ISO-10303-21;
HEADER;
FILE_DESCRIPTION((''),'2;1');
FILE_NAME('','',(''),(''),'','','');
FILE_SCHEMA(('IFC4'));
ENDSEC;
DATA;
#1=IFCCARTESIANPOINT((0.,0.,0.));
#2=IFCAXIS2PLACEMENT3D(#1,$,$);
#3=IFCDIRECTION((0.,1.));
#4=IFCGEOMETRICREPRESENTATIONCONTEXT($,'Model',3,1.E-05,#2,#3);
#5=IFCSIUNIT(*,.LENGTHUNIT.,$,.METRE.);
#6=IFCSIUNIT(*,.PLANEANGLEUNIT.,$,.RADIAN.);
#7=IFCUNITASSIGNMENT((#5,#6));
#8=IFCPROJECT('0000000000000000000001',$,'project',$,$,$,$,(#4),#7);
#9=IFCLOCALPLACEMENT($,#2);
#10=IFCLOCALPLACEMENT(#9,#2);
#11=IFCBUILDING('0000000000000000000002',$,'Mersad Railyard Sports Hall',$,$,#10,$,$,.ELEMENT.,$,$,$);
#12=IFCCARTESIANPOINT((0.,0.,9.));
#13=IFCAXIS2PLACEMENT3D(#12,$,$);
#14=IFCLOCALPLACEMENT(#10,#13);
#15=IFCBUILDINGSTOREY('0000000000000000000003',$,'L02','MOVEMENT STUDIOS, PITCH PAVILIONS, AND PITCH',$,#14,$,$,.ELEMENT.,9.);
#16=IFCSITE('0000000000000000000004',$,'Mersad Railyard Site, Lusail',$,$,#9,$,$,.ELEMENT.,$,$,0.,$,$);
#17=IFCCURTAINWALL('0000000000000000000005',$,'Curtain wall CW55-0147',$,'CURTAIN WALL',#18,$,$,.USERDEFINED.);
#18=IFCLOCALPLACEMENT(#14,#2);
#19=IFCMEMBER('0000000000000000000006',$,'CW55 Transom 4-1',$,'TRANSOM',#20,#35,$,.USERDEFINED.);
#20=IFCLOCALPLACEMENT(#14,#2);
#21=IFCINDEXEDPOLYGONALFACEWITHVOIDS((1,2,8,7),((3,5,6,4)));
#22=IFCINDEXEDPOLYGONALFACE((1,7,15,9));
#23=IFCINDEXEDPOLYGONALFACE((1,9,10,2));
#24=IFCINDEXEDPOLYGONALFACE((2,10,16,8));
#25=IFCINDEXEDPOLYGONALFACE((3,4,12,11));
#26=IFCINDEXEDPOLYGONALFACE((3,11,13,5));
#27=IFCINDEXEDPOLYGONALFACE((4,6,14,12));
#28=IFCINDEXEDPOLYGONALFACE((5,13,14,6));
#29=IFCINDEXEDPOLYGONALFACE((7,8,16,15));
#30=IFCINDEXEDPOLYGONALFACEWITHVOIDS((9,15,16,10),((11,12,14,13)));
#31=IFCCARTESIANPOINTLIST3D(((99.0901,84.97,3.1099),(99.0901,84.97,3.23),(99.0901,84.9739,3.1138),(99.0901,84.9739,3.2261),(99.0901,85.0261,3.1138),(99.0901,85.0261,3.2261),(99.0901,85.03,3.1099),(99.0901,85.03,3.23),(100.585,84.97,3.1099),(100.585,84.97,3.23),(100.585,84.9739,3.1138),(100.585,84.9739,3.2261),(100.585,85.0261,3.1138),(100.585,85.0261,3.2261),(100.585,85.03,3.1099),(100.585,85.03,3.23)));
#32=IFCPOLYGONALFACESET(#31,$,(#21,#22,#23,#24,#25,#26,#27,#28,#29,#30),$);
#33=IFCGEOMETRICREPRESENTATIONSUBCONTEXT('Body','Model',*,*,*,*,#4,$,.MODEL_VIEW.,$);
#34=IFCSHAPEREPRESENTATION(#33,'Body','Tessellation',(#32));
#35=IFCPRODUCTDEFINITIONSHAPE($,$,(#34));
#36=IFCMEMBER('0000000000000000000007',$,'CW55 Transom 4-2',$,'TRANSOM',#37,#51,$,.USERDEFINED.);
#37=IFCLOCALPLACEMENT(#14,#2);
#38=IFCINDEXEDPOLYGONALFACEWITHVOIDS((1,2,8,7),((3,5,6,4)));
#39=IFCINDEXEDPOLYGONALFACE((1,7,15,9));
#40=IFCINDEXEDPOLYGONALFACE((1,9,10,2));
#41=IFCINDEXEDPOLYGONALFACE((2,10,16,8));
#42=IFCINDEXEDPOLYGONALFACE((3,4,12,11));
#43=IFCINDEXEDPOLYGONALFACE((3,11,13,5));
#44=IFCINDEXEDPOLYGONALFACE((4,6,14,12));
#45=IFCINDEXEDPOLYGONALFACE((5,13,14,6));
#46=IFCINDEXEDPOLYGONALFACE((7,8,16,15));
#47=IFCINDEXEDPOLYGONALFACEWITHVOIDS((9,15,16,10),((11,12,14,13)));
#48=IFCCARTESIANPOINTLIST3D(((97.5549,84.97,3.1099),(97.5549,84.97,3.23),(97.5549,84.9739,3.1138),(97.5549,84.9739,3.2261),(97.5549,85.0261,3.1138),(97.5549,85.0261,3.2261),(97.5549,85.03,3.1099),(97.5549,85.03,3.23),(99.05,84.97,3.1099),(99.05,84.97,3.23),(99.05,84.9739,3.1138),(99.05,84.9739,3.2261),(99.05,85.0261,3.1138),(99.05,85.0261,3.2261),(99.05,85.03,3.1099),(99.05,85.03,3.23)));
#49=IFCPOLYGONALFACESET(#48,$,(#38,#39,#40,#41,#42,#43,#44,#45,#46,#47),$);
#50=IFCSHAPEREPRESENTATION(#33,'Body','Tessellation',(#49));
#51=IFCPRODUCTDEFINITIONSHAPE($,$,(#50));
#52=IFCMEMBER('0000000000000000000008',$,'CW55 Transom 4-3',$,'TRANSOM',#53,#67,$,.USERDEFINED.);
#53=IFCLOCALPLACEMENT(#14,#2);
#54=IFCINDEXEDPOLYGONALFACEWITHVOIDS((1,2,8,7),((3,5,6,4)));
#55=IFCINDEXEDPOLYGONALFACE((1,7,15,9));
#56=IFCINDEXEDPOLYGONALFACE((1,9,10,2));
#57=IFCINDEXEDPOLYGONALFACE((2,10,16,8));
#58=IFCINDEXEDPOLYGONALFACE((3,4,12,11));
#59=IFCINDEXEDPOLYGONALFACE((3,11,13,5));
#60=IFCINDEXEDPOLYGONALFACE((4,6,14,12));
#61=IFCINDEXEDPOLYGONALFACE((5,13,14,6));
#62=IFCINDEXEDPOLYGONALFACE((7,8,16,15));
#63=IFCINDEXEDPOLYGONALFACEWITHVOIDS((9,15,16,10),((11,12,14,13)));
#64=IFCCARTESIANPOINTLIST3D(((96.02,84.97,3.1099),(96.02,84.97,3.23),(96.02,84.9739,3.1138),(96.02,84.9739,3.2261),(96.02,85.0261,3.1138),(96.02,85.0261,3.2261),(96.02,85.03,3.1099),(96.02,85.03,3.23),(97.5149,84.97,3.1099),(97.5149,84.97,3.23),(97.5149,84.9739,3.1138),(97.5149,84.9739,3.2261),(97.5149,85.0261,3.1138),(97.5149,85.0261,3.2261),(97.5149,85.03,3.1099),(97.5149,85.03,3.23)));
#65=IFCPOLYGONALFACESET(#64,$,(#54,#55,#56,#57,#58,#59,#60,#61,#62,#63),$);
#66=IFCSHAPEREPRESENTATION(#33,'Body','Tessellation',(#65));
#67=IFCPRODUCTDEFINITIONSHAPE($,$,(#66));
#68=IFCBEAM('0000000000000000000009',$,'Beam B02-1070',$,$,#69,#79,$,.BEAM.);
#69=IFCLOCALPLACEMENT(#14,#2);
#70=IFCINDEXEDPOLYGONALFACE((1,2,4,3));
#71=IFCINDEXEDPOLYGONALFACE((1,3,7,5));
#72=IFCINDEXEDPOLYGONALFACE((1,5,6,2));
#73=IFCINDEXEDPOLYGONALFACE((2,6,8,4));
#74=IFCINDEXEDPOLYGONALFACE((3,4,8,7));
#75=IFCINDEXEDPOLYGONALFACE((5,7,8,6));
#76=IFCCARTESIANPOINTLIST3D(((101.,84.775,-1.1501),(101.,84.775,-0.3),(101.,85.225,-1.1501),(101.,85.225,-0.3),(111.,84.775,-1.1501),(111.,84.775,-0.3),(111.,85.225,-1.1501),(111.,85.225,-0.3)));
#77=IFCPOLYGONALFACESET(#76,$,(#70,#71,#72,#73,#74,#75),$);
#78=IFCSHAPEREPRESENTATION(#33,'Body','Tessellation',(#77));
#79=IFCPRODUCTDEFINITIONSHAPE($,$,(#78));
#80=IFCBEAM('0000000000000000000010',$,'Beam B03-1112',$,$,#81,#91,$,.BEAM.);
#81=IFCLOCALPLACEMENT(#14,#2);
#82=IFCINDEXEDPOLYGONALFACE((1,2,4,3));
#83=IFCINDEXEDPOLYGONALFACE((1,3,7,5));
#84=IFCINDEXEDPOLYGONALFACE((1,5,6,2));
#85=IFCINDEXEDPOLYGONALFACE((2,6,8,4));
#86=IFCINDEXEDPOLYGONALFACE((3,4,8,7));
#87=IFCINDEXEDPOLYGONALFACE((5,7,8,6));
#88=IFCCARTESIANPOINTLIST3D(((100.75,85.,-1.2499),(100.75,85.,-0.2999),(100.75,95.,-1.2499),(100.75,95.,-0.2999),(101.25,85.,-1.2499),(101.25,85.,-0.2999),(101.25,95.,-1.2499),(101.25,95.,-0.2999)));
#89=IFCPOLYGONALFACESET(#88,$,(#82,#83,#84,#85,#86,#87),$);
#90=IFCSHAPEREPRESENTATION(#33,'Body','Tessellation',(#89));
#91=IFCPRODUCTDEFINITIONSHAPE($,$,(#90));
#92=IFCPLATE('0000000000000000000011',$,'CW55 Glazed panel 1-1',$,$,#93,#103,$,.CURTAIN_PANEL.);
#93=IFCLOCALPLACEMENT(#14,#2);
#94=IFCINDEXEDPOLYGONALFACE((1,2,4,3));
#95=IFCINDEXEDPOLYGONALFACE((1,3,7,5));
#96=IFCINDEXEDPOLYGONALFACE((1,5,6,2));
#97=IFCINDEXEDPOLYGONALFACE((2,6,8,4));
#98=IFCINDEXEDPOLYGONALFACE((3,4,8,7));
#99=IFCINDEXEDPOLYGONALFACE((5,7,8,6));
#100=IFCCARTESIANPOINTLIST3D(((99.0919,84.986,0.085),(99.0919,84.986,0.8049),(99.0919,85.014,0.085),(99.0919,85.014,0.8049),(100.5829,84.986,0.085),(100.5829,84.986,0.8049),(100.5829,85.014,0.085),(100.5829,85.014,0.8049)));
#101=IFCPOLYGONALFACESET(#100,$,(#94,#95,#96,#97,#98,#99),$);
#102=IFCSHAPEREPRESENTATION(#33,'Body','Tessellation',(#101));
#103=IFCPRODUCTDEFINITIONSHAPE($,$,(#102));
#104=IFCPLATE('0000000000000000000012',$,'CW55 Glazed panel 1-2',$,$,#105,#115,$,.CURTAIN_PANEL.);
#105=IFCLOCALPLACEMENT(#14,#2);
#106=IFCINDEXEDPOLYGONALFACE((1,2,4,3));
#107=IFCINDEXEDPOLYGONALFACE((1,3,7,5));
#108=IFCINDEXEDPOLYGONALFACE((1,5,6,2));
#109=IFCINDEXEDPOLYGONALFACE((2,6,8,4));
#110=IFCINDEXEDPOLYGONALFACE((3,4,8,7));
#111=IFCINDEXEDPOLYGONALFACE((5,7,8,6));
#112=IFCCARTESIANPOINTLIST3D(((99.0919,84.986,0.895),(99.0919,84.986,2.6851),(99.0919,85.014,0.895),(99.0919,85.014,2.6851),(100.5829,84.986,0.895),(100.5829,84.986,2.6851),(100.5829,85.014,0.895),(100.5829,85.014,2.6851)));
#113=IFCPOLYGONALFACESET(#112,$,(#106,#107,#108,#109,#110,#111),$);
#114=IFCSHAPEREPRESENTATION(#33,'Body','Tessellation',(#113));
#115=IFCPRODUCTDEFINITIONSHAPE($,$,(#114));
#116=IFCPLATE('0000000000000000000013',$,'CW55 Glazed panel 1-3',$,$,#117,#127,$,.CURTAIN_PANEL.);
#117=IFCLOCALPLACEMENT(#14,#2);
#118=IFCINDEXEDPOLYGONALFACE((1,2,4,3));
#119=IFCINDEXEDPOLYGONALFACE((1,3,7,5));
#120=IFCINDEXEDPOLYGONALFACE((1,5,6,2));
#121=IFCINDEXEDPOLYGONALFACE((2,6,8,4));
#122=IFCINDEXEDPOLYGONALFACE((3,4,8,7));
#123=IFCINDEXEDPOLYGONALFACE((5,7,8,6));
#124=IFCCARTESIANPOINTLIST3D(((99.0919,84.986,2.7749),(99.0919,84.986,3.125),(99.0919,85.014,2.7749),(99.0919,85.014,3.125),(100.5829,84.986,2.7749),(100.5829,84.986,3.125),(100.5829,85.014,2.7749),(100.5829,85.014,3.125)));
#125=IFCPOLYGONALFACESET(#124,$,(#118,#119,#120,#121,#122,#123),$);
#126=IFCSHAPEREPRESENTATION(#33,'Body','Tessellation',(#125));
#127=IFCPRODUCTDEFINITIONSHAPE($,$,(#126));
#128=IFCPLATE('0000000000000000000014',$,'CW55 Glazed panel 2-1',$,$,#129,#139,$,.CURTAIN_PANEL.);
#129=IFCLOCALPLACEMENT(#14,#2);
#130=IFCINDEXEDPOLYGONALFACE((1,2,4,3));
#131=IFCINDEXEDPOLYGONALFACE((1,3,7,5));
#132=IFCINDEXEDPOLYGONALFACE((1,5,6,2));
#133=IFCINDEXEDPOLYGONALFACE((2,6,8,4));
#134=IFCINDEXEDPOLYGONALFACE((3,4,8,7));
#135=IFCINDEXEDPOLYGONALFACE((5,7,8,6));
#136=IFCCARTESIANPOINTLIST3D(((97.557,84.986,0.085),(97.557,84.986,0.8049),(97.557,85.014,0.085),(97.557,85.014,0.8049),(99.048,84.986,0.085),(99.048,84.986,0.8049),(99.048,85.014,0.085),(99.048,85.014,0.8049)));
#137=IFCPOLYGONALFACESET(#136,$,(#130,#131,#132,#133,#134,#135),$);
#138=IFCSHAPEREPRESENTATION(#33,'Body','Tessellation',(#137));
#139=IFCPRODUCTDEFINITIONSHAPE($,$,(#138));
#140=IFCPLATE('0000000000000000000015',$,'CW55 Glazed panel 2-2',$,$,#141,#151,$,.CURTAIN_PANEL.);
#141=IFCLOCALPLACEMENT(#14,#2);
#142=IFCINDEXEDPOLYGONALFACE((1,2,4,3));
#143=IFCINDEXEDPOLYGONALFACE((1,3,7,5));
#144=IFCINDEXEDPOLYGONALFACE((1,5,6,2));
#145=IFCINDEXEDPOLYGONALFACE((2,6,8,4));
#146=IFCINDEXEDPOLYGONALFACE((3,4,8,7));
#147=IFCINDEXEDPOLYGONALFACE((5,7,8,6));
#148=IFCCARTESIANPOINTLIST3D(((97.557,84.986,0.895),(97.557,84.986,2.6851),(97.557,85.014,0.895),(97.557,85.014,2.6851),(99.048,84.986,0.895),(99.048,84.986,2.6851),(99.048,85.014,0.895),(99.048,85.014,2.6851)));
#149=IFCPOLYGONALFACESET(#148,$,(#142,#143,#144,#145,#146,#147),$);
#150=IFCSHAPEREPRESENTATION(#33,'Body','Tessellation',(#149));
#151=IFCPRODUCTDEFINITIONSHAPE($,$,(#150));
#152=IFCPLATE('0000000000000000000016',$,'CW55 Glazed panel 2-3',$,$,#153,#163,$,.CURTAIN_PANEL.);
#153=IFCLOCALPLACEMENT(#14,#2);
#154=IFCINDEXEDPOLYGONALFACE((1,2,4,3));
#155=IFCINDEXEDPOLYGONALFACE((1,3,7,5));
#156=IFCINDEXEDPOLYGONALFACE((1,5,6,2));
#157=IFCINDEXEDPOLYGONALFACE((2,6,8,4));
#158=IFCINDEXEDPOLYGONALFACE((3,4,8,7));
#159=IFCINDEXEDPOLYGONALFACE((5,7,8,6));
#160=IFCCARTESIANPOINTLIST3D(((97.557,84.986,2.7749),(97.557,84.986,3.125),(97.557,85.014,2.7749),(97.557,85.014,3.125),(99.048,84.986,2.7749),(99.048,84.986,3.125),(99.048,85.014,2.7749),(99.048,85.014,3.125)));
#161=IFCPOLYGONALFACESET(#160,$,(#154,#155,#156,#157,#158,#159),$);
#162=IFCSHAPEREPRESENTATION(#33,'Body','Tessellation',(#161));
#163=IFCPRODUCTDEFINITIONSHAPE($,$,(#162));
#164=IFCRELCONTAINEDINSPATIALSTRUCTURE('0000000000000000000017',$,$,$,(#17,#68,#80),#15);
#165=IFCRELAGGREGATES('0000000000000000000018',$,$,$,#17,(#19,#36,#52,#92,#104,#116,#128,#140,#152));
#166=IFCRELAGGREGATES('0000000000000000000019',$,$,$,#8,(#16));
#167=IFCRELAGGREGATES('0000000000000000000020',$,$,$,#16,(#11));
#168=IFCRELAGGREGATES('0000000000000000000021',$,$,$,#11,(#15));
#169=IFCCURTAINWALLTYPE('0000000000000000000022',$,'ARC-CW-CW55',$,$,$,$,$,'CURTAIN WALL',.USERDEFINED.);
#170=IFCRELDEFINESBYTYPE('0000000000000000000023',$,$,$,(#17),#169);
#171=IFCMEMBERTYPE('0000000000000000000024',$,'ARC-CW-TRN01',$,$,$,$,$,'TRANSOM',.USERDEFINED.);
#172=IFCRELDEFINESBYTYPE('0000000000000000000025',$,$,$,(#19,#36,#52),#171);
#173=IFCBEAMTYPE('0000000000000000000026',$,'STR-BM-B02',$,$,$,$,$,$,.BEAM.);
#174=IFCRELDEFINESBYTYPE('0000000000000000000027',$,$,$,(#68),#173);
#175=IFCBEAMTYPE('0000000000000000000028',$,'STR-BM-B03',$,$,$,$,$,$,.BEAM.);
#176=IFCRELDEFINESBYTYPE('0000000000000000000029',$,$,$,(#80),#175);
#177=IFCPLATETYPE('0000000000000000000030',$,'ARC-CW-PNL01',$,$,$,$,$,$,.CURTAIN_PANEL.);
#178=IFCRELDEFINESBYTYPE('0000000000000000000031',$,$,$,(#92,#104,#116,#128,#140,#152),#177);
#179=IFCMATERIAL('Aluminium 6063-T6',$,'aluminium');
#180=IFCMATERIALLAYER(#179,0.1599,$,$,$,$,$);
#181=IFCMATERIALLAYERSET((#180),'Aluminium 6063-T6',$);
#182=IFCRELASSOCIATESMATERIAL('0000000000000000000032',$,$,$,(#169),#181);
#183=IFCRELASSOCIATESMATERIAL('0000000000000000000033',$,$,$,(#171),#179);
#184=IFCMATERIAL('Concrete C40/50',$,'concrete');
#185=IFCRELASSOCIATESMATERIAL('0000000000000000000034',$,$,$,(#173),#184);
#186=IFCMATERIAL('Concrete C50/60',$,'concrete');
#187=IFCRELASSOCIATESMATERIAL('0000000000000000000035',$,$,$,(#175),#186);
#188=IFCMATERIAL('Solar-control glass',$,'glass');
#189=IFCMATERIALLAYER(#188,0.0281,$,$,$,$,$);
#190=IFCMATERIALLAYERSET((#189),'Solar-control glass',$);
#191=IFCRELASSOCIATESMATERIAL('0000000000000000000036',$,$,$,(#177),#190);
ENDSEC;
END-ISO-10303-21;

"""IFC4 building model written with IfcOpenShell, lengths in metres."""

from ifc_helpers import new_model, si_unit, direction, frame, origin, origin_2d, place, context, subcontext, project, spatial, rectangle, hollow_rectangle, extrude, material, layer, layer_set, material_profile, profile_set, type_object, element, aggregate, save


model = new_model("IFC4")

# Units and contexts
model_context = context("Model", 3, precision=1e-05, world=origin(), true_north=direction((0.0, 1.0)))
body_context = subcontext(model_context, "Body", "Model", "MODEL_VIEW")
ifc_project = project(units=[si_unit("LENGTHUNIT", "METRE"), si_unit("PLANEANGLEUNIT", "RADIAN")], contexts=[model_context])

# Site, building, storey
site_placement = place(None, origin())
site = spatial("IfcSite", under=ifc_project, at=site_placement, Name="Mersad Railyard Site, Lusail", CompositionType="ELEMENT", RefElevation=0.0)
building_placement = place(site_placement, origin())
building = spatial("IfcBuilding", under=site, at=building_placement, Name="Mersad Railyard Sports Hall", CompositionType="ELEMENT")
storey_placement = place(building_placement, frame((0.0, 0.0, 9.0)))
storey = spatial("IfcBuildingStorey", under=building, at=storey_placement, Name="L02", Description="MOVEMENT STUDIOS, PITCH PAVILIONS, AND PITCH", CompositionType="ELEMENT", Elevation=9.0)

# Shared definitions
ifc_material_1 = material(Name="Concrete C50/60", Category="concrete")

# Curtain wall, members
ifc_material_2 = material(Name="Aluminium 6063-T6", Category="aluminium")
ifc_layer_1 = layer(ifc_material_2, 0.1599)
ifc_layer_set_1 = layer_set([ifc_layer_1], Name="Aluminium 6063-T6")
curtain_wall_type = type_object("IfcCurtainWallType", Name="ARC-CW-CW55", ElementType="CURTAIN WALL", PredefinedType="USERDEFINED", material=ifc_layer_set_1)
curtain_wall_placement = place(storey_placement, origin())
curtain_wall = element("IfcCurtainWall", 1, at=curtain_wall_placement, inside=storey, type_object=curtain_wall_type, Name="Curtain wall CW55-0147", ObjectType="CURTAIN WALL", PredefinedType="USERDEFINED")
ifc_material_profile_1 = material_profile(ifc_material_2, hollow_rectangle(XDim=0.0601, YDim=0.1201, WallThickness=0.0039, at=origin_2d()), Name="AL TRANSOM 60x120x4")
ifc_profile_set_1 = profile_set([ifc_material_profile_1], Name="Aluminium 6063-T6")
member_type_1 = type_object("IfcMemberType", Name="ARC-CW-TRN01", ElementType="TRANSOM", PredefinedType="USERDEFINED", material=ifc_profile_set_1)
member_1_placement = place(storey_placement, frame((100.585, 85.0, 3.1699), z_axis=(-1.0, 0.0, 0.0), x_axis=(0.0, -1.0, 0.0)))
member_1 = element("IfcMember", 2, at=member_1_placement, type_object=member_type_1, Name="CW55 Transom 4-1", ObjectType="TRANSOM", PredefinedType="USERDEFINED", context=body_context, shape_type="SweptSolid", body=[
    extrude(hollow_rectangle(XDim=0.0601, YDim=0.1201, WallThickness=0.0039, at=origin_2d()), origin(), (0.0, 0.0, 1.0), 1.4949),
])
member_2_placement = place(storey_placement, frame((99.05, 85.0, 3.1699), z_axis=(-1.0, 0.0, 0.0), x_axis=(0.0, -1.0, 0.0)))
member_2 = element("IfcMember", 3, at=member_2_placement, type_object=member_type_1, Name="CW55 Transom 4-2", ObjectType="TRANSOM", PredefinedType="USERDEFINED", context=body_context, shape_type="SweptSolid", body=[
    extrude(hollow_rectangle(XDim=0.0601, YDim=0.1201, WallThickness=0.0039, at=origin_2d()), origin(), (0.0, 0.0, 1.0), 1.4951),
])
member_3_placement = place(storey_placement, frame((97.5149, 85.0, 3.1699), z_axis=(-1.0, 0.0, 0.0), x_axis=(0.0, -1.0, 0.0)))
member_3 = element("IfcMember", 4, at=member_3_placement, type_object=member_type_1, Name="CW55 Transom 4-3", ObjectType="TRANSOM", PredefinedType="USERDEFINED", context=body_context, shape_type="SweptSolid", body=[
    extrude(hollow_rectangle(XDim=0.0601, YDim=0.1201, WallThickness=0.0039, at=origin_2d()), origin(), (0.0, 0.0, 1.0), 1.4949),
])

# Beams
ifc_material_3 = material(Name="Concrete C40/50", Category="concrete")
ifc_material_profile_2 = material_profile(ifc_material_3, rectangle(XDim=0.45, YDim=0.8501, at=origin_2d()), Name="RC 450x850")
ifc_profile_set_2 = profile_set([ifc_material_profile_2], Name="Concrete C40/50")
beam_type_1 = type_object("IfcBeamType", Name="STR-BM-B02", PredefinedType="BEAM", material=ifc_profile_set_2)
beam_1_placement = place(storey_placement, frame((101.0, 85.0, -0.7251), z_axis=(1.0, 0.0, 0.0), x_axis=(0.0, 1.0, 0.0)))
element("IfcBeam", 5, at=beam_1_placement, inside=storey, type_object=beam_type_1, Name="Beam B02-1070", PredefinedType="BEAM", context=body_context, shape_type="SweptSolid", body=[
    extrude(rectangle(XDim=0.45, YDim=0.8501, at=origin_2d()), origin(), (0.0, 0.0, 1.0), 10.0),
])
ifc_material_profile_3 = material_profile(ifc_material_1, rectangle(XDim=0.5, YDim=0.95, at=origin_2d()), Name="RC 500x950")
ifc_profile_set_3 = profile_set([ifc_material_profile_3], Name="Concrete C50/60")
beam_type_2 = type_object("IfcBeamType", Name="STR-BM-B03", PredefinedType="BEAM", material=ifc_profile_set_3)
beam_2_placement = place(storey_placement, frame((101.0, 85.0, -0.7749), z_axis=(0.0, 1.0, 0.0), x_axis=(-1.0, 0.0, 0.0)))
element("IfcBeam", 6, at=beam_2_placement, inside=storey, type_object=beam_type_2, Name="Beam B03-1112", PredefinedType="BEAM", context=body_context, shape_type="SweptSolid", body=[
    extrude(rectangle(XDim=0.5, YDim=0.95, at=origin_2d()), origin(), (0.0, 0.0, 1.0), 10.0),
])

# Plates
ifc_material_4 = material(Name="Solar-control glass", Category="glass")
ifc_layer_2 = layer(ifc_material_4, 0.0281)
ifc_layer_set_2 = layer_set([ifc_layer_2], Name="Solar-control glass")
plate_type = type_object("IfcPlateType", Name="ARC-CW-PNL01", PredefinedType="CURTAIN_PANEL", material=ifc_layer_set_2)
plate_1_placement = place(storey_placement, frame((99.8374, 85.0, 0.085), z_axis=(0.0, 0.0, 1.0), x_axis=(-1.0, 0.0, 0.0)))
plate_1 = element("IfcPlate", 7, at=plate_1_placement, type_object=plate_type, Name="CW55 Glazed panel 1-1", PredefinedType="CURTAIN_PANEL", context=body_context, shape_type="SweptSolid", body=[
    extrude(rectangle(XDim=1.491, YDim=0.0281, at=origin_2d()), origin(), (0.0, 0.0, 1.0), 0.72),
])
plate_2_placement = place(storey_placement, frame((99.8374, 85.0, 0.895), z_axis=(0.0, 0.0, 1.0), x_axis=(-1.0, 0.0, 0.0)))
plate_2 = element("IfcPlate", 8, at=plate_2_placement, type_object=plate_type, Name="CW55 Glazed panel 1-2", PredefinedType="CURTAIN_PANEL", context=body_context, shape_type="SweptSolid", body=[
    extrude(rectangle(XDim=1.491, YDim=0.0281, at=origin_2d()), origin(), (0.0, 0.0, 1.0), 1.79),
])
plate_3_placement = place(storey_placement, frame((99.8374, 85.0, 2.7749), z_axis=(0.0, 0.0, 1.0), x_axis=(-1.0, 0.0, 0.0)))
plate_3 = element("IfcPlate", 9, at=plate_3_placement, type_object=plate_type, Name="CW55 Glazed panel 1-3", PredefinedType="CURTAIN_PANEL", context=body_context, shape_type="SweptSolid", body=[
    extrude(rectangle(XDim=1.491, YDim=0.0281, at=origin_2d()), origin(), (0.0, 0.0, 1.0), 0.3501),
])
plate_4_placement = place(storey_placement, frame((98.3025, 85.0, 0.085), z_axis=(0.0, 0.0, 1.0), x_axis=(-1.0, 0.0, 0.0)))
plate_4 = element("IfcPlate", 10, at=plate_4_placement, type_object=plate_type, Name="CW55 Glazed panel 2-1", PredefinedType="CURTAIN_PANEL", context=body_context, shape_type="SweptSolid", body=[
    extrude(rectangle(XDim=1.491, YDim=0.0281, at=origin_2d()), origin(), (0.0, 0.0, 1.0), 0.72),
])
plate_5_placement = place(storey_placement, frame((98.3025, 85.0, 0.895), z_axis=(0.0, 0.0, 1.0), x_axis=(-1.0, 0.0, 0.0)))
plate_5 = element("IfcPlate", 11, at=plate_5_placement, type_object=plate_type, Name="CW55 Glazed panel 2-2", PredefinedType="CURTAIN_PANEL", context=body_context, shape_type="SweptSolid", body=[
    extrude(rectangle(XDim=1.491, YDim=0.0281, at=origin_2d()), origin(), (0.0, 0.0, 1.0), 1.79),
])
plate_6_placement = place(storey_placement, frame((98.3025, 85.0, 2.7749), z_axis=(0.0, 0.0, 1.0), x_axis=(-1.0, 0.0, 0.0)))
plate_6 = element("IfcPlate", 12, at=plate_6_placement, type_object=plate_type, Name="CW55 Glazed panel 2-3", PredefinedType="CURTAIN_PANEL", context=body_context, shape_type="SweptSolid", body=[
    extrude(rectangle(XDim=1.491, YDim=0.0281, at=origin_2d()), origin(), (0.0, 0.0, 1.0), 0.3501),
])
aggregate(curtain_wall, [member_1, member_2, member_3, plate_1, plate_2, plate_3, plate_4, plate_5, plate_6])

save(model, "model.ifc")
